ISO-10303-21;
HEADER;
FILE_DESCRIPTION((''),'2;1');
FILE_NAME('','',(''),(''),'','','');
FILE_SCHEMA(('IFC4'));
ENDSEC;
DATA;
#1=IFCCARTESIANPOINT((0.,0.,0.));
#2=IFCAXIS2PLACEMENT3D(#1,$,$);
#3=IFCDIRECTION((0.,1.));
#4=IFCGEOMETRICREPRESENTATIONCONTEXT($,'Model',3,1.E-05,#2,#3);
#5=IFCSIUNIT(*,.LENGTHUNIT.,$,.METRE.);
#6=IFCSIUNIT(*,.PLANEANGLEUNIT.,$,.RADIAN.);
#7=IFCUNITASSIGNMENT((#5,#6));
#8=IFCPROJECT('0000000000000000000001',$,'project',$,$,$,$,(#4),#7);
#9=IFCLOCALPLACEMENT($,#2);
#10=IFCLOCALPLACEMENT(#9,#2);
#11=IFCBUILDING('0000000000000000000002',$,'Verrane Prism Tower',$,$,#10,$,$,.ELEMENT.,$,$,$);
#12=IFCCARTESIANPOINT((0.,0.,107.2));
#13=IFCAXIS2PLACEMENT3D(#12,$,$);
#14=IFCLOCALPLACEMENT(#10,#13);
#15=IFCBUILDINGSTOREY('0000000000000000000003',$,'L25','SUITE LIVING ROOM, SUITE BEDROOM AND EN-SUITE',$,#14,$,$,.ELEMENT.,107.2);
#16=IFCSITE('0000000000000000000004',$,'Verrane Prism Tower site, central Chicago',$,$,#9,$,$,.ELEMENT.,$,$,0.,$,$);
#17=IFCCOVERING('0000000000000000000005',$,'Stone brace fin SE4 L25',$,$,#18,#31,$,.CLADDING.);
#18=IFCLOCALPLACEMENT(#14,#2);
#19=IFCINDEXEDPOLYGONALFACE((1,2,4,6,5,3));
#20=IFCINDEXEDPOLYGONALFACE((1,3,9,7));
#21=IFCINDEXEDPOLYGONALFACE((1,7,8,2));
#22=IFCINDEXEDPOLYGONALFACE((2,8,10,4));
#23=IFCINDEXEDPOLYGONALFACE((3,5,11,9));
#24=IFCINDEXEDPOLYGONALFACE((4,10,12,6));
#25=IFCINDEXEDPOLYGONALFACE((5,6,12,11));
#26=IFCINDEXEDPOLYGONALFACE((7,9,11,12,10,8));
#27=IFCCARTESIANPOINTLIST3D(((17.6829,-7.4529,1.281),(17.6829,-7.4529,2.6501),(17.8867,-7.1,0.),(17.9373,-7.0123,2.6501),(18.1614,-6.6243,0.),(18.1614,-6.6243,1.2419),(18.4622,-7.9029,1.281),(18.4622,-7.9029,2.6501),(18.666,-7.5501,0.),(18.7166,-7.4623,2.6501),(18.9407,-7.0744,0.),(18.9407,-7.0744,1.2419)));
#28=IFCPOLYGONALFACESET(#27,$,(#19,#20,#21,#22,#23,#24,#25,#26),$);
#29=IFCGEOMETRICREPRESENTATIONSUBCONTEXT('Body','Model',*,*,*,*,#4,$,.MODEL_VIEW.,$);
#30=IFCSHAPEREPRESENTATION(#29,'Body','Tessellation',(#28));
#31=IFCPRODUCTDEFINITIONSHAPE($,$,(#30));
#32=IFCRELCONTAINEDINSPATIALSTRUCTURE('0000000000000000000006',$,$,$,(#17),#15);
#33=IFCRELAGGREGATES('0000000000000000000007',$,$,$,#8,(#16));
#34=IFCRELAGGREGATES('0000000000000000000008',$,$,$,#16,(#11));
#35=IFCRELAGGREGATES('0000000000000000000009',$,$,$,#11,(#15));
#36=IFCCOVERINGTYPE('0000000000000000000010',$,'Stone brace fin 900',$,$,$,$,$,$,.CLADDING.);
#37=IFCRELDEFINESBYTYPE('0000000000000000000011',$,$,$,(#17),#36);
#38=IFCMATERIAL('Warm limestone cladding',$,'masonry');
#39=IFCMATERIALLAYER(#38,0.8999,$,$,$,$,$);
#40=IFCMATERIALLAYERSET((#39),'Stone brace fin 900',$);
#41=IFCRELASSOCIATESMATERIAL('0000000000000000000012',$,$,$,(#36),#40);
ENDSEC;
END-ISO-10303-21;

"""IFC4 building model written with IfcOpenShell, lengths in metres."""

from ifc_helpers import new_model, si_unit, direction, frame, origin, place, context, subcontext, project, spatial, polyline, outline, extrude, material, layer, layer_set, type_object, element, save


model = new_model("IFC4")

# Units and contexts
model_context = context("Model", 3, precision=1e-05, world=origin(), true_north=direction((0.0, 1.0)))
body_context = subcontext(model_context, "Body", "Model", "MODEL_VIEW")
ifc_project = project(units=[si_unit("LENGTHUNIT", "METRE"), si_unit("PLANEANGLEUNIT", "RADIAN")], contexts=[model_context])

# Site, building, storey
site_placement = place(None, origin())
site = spatial("IfcSite", under=ifc_project, at=site_placement, Name="Verrane Prism Tower site, central Chicago", CompositionType="ELEMENT", RefElevation=0.0)
building_placement = place(site_placement, origin())
building = spatial("IfcBuilding", under=site, at=building_placement, Name="Verrane Prism Tower", CompositionType="ELEMENT")
storey_placement = place(building_placement, frame((0.0, 0.0, 107.2)))
storey = spatial("IfcBuildingStorey", under=building, at=storey_placement, Name="L25", Description="SUITE LIVING ROOM, SUITE BEDROOM AND EN-SUITE", CompositionType="ELEMENT", Elevation=107.2)

# Covering
ifc_material_1 = material(Name="Warm limestone cladding", Category="masonry")
ifc_layer_1 = layer(ifc_material_1, 0.8999)
ifc_layer_set_1 = layer_set([ifc_layer_1], Name="Stone brace fin 900")
covering_type = type_object("IfcCoveringType", Name="Stone brace fin 900", PredefinedType="CLADDING", material=ifc_layer_set_1)
covering_placement = place(storey_placement, frame((18.551, -6.8494, 0.0), z_axis=(0.0, 0.0, 1.0), x_axis=(-0.500091, -0.865973, 0.0)))
element("IfcCovering", 1, at=covering_placement, inside=storey, type_object=covering_type, Name="Stone brace fin SE4 L25", PredefinedType="CLADDING", context=body_context, shape_type="SweptSolid", body=[
    extrude(outline(polyline([(0.9568, 2.6501), (0.448, 2.6501), (0.0, 1.2419), (0.0, 0.0), (0.5493, 0.0), (0.9568, 1.281), (0.9568, 2.6501)])), frame((0.0, 0.45, 0.0), z_axis=(0.0, -1.0, 0.0), x_axis=(1.0, 0.0, 0.0)), (0.0, 0.0, 1.0), 0.8999),
])

save(model, "model.ifc")
